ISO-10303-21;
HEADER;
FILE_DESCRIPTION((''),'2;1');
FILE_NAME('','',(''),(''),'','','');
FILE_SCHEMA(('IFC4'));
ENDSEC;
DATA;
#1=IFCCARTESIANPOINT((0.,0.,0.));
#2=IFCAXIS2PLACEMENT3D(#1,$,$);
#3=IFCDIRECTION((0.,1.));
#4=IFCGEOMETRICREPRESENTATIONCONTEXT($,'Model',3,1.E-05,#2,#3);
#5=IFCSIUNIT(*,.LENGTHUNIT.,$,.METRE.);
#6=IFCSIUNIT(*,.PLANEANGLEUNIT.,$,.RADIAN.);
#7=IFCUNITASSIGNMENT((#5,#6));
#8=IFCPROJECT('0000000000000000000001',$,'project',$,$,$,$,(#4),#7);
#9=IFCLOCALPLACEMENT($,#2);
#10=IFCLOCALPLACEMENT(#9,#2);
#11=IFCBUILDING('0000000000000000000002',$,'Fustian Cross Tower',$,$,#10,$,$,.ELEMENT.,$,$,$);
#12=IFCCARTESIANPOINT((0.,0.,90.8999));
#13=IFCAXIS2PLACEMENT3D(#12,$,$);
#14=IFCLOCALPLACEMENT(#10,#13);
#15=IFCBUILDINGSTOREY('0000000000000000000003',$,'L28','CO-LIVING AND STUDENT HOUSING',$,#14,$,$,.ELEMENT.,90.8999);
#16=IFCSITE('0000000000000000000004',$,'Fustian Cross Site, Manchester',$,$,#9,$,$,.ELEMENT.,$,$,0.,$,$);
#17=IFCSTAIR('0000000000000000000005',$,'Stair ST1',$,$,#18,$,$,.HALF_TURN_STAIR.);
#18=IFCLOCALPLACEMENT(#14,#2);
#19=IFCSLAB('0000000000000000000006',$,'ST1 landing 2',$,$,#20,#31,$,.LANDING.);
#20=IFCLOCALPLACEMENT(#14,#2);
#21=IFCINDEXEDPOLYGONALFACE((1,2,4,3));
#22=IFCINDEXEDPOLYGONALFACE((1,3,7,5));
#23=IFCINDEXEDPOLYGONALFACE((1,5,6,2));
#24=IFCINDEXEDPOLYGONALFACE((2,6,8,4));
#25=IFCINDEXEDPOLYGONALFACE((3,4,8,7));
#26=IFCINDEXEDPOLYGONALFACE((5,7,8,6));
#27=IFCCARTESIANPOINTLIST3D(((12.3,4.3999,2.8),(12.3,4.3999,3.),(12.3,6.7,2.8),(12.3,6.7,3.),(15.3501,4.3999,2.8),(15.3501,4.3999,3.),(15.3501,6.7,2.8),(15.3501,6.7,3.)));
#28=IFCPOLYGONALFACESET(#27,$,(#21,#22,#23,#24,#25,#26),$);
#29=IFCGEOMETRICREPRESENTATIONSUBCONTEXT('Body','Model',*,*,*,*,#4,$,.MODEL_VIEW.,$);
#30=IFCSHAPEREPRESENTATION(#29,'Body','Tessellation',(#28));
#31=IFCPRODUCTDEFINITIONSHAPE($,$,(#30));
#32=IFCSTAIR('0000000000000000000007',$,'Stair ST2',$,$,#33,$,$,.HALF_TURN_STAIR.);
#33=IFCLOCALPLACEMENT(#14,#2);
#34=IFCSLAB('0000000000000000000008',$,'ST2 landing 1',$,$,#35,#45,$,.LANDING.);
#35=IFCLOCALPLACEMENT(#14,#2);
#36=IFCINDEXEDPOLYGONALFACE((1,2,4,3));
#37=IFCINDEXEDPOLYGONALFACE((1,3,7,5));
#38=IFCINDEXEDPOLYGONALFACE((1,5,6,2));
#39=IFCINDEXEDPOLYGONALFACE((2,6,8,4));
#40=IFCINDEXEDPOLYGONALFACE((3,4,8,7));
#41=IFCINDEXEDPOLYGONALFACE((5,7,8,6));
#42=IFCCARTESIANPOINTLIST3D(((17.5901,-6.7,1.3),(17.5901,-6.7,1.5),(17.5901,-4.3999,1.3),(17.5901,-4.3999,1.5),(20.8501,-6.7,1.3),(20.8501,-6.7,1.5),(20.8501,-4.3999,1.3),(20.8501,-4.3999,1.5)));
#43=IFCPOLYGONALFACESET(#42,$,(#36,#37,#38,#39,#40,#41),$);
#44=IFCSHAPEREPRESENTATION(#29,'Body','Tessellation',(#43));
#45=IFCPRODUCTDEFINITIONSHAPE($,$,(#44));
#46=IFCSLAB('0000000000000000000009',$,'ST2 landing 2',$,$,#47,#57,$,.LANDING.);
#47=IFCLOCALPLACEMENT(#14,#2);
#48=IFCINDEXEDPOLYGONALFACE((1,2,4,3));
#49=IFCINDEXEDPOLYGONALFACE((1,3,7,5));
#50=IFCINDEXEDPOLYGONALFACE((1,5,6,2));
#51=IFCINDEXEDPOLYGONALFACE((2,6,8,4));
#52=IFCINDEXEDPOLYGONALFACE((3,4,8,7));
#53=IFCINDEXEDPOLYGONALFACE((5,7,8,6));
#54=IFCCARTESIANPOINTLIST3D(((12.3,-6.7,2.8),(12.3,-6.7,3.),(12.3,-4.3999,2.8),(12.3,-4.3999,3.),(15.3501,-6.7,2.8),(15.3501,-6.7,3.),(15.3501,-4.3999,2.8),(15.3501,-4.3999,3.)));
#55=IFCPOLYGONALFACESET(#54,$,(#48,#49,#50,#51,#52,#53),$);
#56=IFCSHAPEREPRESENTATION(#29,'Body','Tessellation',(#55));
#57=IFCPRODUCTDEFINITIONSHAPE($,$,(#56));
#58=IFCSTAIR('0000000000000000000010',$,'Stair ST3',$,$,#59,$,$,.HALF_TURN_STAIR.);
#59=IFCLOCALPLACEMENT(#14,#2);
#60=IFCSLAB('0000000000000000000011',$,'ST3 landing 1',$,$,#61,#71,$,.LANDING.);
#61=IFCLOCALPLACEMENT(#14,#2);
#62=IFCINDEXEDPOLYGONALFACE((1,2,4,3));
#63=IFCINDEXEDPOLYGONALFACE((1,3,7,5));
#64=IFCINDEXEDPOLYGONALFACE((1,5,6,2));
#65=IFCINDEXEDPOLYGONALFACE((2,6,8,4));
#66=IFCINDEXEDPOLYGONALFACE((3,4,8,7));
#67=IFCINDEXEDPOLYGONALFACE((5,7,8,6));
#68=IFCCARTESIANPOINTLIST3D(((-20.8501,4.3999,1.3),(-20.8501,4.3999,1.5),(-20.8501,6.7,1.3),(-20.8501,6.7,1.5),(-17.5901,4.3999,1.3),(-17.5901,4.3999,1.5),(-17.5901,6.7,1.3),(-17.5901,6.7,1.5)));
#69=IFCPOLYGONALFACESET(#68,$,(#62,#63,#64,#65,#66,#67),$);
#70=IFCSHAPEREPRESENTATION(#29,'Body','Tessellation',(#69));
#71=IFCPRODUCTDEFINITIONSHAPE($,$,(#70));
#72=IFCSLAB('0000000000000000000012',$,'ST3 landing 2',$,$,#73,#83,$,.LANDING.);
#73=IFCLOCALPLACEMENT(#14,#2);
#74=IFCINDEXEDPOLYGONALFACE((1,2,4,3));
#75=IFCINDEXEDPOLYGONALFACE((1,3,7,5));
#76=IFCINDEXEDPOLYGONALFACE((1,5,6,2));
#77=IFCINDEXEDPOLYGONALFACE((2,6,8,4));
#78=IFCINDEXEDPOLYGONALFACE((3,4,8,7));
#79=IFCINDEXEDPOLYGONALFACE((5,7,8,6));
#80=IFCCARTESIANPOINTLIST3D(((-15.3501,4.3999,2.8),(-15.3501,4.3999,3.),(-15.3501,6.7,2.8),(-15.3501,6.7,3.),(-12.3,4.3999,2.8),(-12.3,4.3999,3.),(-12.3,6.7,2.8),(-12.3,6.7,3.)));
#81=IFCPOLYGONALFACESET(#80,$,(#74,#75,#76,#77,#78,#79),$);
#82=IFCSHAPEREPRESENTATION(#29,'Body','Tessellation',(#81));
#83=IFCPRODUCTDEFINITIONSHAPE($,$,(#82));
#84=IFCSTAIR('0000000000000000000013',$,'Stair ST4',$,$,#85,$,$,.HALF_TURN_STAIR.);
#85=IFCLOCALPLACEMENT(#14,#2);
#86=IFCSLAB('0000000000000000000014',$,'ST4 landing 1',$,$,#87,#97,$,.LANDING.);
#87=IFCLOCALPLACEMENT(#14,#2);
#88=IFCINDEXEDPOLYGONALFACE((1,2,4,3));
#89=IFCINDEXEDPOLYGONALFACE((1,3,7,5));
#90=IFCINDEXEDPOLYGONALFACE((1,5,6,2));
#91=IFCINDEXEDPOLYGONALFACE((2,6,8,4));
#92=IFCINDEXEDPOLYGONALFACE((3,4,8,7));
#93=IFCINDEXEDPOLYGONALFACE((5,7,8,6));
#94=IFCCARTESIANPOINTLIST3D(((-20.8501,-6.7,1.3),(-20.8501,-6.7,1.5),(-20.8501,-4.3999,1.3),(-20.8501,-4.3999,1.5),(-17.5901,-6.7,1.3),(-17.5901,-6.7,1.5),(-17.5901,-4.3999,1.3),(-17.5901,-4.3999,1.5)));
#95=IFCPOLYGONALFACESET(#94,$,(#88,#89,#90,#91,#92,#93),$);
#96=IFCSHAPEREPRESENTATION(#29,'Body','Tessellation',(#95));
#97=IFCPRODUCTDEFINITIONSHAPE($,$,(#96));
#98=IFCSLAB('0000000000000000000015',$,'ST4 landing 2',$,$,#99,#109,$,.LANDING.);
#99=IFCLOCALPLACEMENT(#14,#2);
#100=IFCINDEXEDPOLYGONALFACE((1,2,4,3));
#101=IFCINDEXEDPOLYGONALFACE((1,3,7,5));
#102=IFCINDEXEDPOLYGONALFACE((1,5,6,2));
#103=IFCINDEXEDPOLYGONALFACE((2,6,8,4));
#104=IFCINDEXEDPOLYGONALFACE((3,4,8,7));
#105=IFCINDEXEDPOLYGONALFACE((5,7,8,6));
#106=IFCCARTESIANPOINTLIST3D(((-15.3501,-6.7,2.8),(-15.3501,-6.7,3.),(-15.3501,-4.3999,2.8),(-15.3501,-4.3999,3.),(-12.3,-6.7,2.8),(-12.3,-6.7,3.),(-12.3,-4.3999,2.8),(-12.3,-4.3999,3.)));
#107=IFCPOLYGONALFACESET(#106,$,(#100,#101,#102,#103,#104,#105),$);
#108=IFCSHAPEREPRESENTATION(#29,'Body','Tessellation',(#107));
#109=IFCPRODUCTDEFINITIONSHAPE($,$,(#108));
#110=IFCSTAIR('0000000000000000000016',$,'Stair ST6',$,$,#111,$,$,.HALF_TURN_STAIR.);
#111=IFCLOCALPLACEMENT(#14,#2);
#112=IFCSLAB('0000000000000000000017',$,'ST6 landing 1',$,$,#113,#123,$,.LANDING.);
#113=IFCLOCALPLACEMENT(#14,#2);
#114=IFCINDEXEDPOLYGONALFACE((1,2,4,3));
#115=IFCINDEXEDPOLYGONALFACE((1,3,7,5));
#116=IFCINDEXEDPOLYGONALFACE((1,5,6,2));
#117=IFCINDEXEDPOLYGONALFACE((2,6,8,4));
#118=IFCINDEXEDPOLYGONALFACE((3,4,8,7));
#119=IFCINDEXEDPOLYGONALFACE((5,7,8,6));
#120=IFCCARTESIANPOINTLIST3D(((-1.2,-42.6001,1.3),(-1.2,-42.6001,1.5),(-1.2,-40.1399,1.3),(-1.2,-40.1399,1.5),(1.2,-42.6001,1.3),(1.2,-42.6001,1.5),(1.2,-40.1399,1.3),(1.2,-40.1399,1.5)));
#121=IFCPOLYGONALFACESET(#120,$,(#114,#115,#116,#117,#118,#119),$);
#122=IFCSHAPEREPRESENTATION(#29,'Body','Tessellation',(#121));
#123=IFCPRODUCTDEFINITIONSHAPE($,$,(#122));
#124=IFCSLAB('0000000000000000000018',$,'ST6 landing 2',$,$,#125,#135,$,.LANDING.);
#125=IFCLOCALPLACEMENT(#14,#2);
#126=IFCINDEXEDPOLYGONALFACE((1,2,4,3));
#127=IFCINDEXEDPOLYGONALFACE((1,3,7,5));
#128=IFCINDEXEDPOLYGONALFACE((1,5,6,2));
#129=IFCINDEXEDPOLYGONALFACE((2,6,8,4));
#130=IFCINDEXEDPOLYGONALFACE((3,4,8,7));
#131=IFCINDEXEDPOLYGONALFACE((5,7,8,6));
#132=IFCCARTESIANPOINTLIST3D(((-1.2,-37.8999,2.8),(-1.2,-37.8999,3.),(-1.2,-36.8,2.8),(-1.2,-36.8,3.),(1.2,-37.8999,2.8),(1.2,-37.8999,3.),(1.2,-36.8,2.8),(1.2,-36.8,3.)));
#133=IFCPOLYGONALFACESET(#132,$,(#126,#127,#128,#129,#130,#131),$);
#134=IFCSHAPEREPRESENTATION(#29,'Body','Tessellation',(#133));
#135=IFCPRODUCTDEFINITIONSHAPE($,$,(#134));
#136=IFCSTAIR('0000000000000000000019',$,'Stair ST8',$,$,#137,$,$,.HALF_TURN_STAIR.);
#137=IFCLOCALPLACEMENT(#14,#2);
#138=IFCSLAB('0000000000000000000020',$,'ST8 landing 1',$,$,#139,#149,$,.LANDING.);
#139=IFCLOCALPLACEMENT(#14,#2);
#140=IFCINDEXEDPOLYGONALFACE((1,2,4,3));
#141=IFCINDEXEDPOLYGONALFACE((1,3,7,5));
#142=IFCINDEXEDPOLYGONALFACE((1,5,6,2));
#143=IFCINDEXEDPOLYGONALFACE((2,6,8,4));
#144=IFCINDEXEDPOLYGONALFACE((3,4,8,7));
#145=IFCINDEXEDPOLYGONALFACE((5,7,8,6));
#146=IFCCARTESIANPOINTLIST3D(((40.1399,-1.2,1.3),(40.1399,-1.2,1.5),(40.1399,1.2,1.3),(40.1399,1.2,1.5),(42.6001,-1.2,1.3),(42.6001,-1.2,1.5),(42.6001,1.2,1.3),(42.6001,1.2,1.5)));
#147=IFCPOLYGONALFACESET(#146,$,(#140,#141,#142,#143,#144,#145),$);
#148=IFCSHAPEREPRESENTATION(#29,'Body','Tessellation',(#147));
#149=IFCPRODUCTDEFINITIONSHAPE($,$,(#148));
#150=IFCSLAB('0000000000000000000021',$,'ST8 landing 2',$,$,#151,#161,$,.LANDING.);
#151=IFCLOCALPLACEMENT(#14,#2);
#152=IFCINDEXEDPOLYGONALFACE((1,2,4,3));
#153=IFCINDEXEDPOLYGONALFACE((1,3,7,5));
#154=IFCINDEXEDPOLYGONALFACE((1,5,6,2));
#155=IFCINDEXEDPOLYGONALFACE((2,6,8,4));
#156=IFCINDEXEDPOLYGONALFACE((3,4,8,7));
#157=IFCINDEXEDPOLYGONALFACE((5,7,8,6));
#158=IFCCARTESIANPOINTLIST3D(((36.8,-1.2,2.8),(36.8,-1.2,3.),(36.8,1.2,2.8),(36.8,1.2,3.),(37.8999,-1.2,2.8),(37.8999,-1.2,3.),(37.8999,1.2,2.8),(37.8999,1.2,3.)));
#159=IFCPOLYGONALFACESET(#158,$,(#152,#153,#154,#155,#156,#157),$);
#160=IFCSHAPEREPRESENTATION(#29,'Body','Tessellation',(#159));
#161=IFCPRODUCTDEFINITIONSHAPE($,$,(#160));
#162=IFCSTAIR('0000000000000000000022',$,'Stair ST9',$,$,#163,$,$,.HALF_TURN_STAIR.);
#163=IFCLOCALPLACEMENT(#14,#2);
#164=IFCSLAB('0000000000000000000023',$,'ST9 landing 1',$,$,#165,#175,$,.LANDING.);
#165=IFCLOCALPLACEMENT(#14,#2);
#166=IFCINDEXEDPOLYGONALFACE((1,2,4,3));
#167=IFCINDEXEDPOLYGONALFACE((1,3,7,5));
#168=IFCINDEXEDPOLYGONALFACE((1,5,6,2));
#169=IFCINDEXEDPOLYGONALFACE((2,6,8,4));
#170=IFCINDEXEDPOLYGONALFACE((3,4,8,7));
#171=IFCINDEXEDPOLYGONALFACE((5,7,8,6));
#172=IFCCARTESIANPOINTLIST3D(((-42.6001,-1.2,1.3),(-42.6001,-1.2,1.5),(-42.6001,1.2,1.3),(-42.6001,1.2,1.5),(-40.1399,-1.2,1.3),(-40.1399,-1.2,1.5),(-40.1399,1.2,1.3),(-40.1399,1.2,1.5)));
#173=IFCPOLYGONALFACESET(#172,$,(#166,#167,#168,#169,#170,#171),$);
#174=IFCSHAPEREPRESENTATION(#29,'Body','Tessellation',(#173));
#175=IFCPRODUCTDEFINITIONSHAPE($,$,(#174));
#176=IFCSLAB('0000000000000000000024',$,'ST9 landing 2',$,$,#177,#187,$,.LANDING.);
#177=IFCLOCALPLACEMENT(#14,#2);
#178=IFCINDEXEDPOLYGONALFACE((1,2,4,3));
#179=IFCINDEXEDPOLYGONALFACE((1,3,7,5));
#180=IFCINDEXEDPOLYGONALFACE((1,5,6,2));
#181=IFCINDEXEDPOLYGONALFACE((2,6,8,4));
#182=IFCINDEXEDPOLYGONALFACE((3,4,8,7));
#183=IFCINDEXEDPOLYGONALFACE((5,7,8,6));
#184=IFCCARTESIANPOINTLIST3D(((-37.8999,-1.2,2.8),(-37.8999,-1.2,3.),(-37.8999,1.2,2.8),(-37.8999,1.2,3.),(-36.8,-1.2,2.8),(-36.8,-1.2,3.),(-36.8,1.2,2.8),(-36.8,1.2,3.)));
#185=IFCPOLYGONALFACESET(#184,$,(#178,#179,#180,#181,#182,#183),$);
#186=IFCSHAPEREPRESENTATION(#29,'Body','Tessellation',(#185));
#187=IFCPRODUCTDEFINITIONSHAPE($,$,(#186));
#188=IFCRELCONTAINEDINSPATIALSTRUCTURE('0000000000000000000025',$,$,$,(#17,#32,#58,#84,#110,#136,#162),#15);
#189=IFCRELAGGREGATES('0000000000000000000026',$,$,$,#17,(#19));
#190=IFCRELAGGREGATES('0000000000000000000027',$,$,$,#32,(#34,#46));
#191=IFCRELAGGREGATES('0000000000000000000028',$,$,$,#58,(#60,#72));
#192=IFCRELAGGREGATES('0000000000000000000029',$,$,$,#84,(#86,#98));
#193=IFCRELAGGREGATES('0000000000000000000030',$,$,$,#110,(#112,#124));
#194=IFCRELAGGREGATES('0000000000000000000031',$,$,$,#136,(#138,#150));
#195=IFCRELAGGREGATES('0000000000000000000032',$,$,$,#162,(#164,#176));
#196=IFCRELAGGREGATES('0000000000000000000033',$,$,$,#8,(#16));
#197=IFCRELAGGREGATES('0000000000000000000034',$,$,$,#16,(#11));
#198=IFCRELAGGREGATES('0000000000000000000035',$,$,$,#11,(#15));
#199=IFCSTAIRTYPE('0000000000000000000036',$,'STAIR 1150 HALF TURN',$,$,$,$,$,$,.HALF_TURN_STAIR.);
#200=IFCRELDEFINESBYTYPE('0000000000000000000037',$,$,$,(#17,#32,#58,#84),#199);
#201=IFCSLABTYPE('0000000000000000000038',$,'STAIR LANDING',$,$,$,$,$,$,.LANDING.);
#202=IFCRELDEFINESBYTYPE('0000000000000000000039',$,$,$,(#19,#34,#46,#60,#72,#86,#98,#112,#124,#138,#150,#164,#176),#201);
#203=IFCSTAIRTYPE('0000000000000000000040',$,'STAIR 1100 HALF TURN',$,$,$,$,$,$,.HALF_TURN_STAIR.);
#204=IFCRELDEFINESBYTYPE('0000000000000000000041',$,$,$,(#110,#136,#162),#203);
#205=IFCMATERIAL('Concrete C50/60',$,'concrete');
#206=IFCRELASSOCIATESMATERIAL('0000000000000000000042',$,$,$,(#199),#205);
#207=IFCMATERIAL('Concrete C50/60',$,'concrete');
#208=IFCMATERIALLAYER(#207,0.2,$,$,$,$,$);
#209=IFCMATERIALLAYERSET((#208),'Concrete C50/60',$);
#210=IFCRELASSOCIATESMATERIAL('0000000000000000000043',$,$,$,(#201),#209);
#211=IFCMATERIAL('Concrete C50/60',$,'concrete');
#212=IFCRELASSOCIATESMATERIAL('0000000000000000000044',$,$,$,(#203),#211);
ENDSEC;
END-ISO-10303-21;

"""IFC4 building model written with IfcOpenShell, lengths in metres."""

from ifc_helpers import new_model, si_unit, direction, frame, origin, place, context, subcontext, project, spatial, polyline, outline, extrude, material, layer, layer_set, type_object, element, aggregate, save


model = new_model("IFC4")

# Units and contexts
model_context = context("Model", 3, precision=1e-05, world=origin(), true_north=direction((0.0, 1.0)))
body_context = subcontext(model_context, "Body", "Model", "MODEL_VIEW")
ifc_project = project(units=[si_unit("LENGTHUNIT", "METRE"), si_unit("PLANEANGLEUNIT", "RADIAN")], contexts=[model_context])

# Site, building, storey
site_placement = place(None, origin())
site = spatial("IfcSite", under=ifc_project, at=site_placement, Name="Fustian Cross Site, Manchester", CompositionType="ELEMENT", RefElevation=0.0)
building_placement = place(site_placement, origin())
building = spatial("IfcBuilding", under=site, at=building_placement, Name="Fustian Cross Tower", CompositionType="ELEMENT")
storey_placement = place(building_placement, frame((0.0, 0.0, 90.8999)))
storey = spatial("IfcBuildingStorey", under=building, at=storey_placement, Name="L28", Description="CO-LIVING AND STUDENT HOUSING", CompositionType="ELEMENT", Elevation=90.8999)

# Stair, slab
ifc_material_1 = material(Name="Concrete C50/60", Category="concrete")
stair_type_1 = type_object("IfcStairType", Name="STAIR 1150 HALF TURN", PredefinedType="HALF_TURN_STAIR", material=ifc_material_1)
stair_1_placement = place(storey_placement, origin())
stair_1 = element("IfcStair", 1, at=stair_1_placement, inside=storey, type_object=stair_type_1, Name="Stair ST1", PredefinedType="HALF_TURN_STAIR")
ifc_material_2 = material(Name="Concrete C50/60", Category="concrete")
ifc_layer_1 = layer(ifc_material_2, 0.2)
ifc_layer_set_1 = layer_set([ifc_layer_1], Name="Concrete C50/60")
slab_type = type_object("IfcSlabType", Name="STAIR LANDING", PredefinedType="LANDING", material=ifc_layer_set_1)
slab_1_placement = place(storey_placement, frame((0.0, 0.0, 2.8)))
slab_1 = element("IfcSlab", 2, at=slab_1_placement, type_object=slab_type, Name="ST1 landing 2", PredefinedType="LANDING", context=body_context, shape_type="SweptSolid", body=[
    extrude(outline(polyline([(12.3, 4.3999), (15.3501, 4.3999), (15.3501, 6.7), (12.3, 6.7), (12.3, 4.3999)])), origin(), (0.0, 0.0, 1.0), 0.2),
])
aggregate(stair_1, [slab_1])

# Stairs, slabs
stair_2_placement = place(storey_placement, origin())
stair_2 = element("IfcStair", 3, at=stair_2_placement, inside=storey, type_object=stair_type_1, Name="Stair ST2", PredefinedType="HALF_TURN_STAIR")
slab_2_placement = place(storey_placement, frame((0.0, 0.0, 1.3)))
slab_2 = element("IfcSlab", 4, at=slab_2_placement, type_object=slab_type, Name="ST2 landing 1", PredefinedType="LANDING", context=body_context, shape_type="SweptSolid", body=[
    extrude(outline(polyline([(17.5901, -4.3999), (20.8501, -4.3999), (20.8501, -6.7), (17.5901, -6.7), (17.5901, -4.3999)])), origin(), (0.0, 0.0, 1.0), 0.2),
])
slab_3_placement = place(storey_placement, frame((0.0, 0.0, 2.8)))
slab_3 = element("IfcSlab", 5, at=slab_3_placement, type_object=slab_type, Name="ST2 landing 2", PredefinedType="LANDING", context=body_context, shape_type="SweptSolid", body=[
    extrude(outline(polyline([(12.3, -4.3999), (15.3501, -4.3999), (15.3501, -6.7), (12.3, -6.7), (12.3, -4.3999)])), origin(), (0.0, 0.0, 1.0), 0.2),
])
aggregate(stair_2, [slab_2, slab_3])
stair_3_placement = place(storey_placement, origin())
stair_3 = element("IfcStair", 6, at=stair_3_placement, inside=storey, type_object=stair_type_1, Name="Stair ST3", PredefinedType="HALF_TURN_STAIR")
slab_4_placement = place(storey_placement, frame((0.0, 0.0, 1.3)))
slab_4 = element("IfcSlab", 7, at=slab_4_placement, type_object=slab_type, Name="ST3 landing 1", PredefinedType="LANDING", context=body_context, shape_type="SweptSolid", body=[
    extrude(outline(polyline([(-17.5901, 4.3999), (-20.8501, 4.3999), (-20.8501, 6.7), (-17.5901, 6.7), (-17.5901, 4.3999)])), origin(), (0.0, 0.0, 1.0), 0.2),
])
slab_5_placement = place(storey_placement, frame((0.0, 0.0, 2.8)))
slab_5 = element("IfcSlab", 8, at=slab_5_placement, type_object=slab_type, Name="ST3 landing 2", PredefinedType="LANDING", context=body_context, shape_type="SweptSolid", body=[
    extrude(outline(polyline([(-12.3, 4.3999), (-15.3501, 4.3999), (-15.3501, 6.7), (-12.3, 6.7), (-12.3, 4.3999)])), origin(), (0.0, 0.0, 1.0), 0.2),
])
aggregate(stair_3, [slab_4, slab_5])
stair_4_placement = place(storey_placement, origin())
stair_4 = element("IfcStair", 9, at=stair_4_placement, inside=storey, type_object=stair_type_1, Name="Stair ST4", PredefinedType="HALF_TURN_STAIR")
slab_6_placement = place(storey_placement, frame((0.0, 0.0, 1.3)))
slab_6 = element("IfcSlab", 10, at=slab_6_placement, type_object=slab_type, Name="ST4 landing 1", PredefinedType="LANDING", context=body_context, shape_type="SweptSolid", body=[
    extrude(outline(polyline([(-17.5901, -4.3999), (-20.8501, -4.3999), (-20.8501, -6.7), (-17.5901, -6.7), (-17.5901, -4.3999)])), origin(), (0.0, 0.0, 1.0), 0.2),
])
slab_7_placement = place(storey_placement, frame((0.0, 0.0, 2.8)))
slab_7 = element("IfcSlab", 11, at=slab_7_placement, type_object=slab_type, Name="ST4 landing 2", PredefinedType="LANDING", context=body_context, shape_type="SweptSolid", body=[
    extrude(outline(polyline([(-12.3, -4.3999), (-15.3501, -4.3999), (-15.3501, -6.7), (-12.3, -6.7), (-12.3, -4.3999)])), origin(), (0.0, 0.0, 1.0), 0.2),
])
aggregate(stair_4, [slab_6, slab_7])
ifc_material_3 = material(Name="Concrete C50/60", Category="concrete")
stair_type_2 = type_object("IfcStairType", Name="STAIR 1100 HALF TURN", PredefinedType="HALF_TURN_STAIR", material=ifc_material_3)
stair_5_placement = place(storey_placement, origin())
stair_5 = element("IfcStair", 12, at=stair_5_placement, inside=storey, type_object=stair_type_2, Name="Stair ST6", PredefinedType="HALF_TURN_STAIR")
slab_8_placement = place(storey_placement, frame((0.0, 0.0, 1.3)))
slab_8 = element("IfcSlab", 13, at=slab_8_placement, type_object=slab_type, Name="ST6 landing 1", PredefinedType="LANDING", context=body_context, shape_type="SweptSolid", body=[
    extrude(outline(polyline([(-1.2, -40.1399), (-1.2, -42.6001), (1.2, -42.6001), (1.2, -40.1399), (-1.2, -40.1399)])), origin(), (0.0, 0.0, 1.0), 0.2),
])
slab_9_placement = place(storey_placement, frame((0.0, 0.0, 2.8)))
slab_9 = element("IfcSlab", 14, at=slab_9_placement, type_object=slab_type, Name="ST6 landing 2", PredefinedType="LANDING", context=body_context, shape_type="SweptSolid", body=[
    extrude(outline(polyline([(-1.2, -36.8), (-1.2, -37.8999), (1.2, -37.8999), (1.2, -36.8), (-1.2, -36.8)])), origin(), (0.0, 0.0, 1.0), 0.2),
])
aggregate(stair_5, [slab_8, slab_9])
stair_6_placement = place(storey_placement, origin())
stair_6 = element("IfcStair", 15, at=stair_6_placement, inside=storey, type_object=stair_type_2, Name="Stair ST8", PredefinedType="HALF_TURN_STAIR")
slab_10_placement = place(storey_placement, frame((0.0, 0.0, 1.3)))
slab_10 = element("IfcSlab", 16, at=slab_10_placement, type_object=slab_type, Name="ST8 landing 1", PredefinedType="LANDING", context=body_context, shape_type="SweptSolid", body=[
    extrude(outline(polyline([(40.1399, -1.2), (42.6001, -1.2), (42.6001, 1.2), (40.1399, 1.2), (40.1399, -1.2)])), origin(), (0.0, 0.0, 1.0), 0.2),
])
slab_11_placement = place(storey_placement, frame((0.0, 0.0, 2.8)))
slab_11 = element("IfcSlab", 17, at=slab_11_placement, type_object=slab_type, Name="ST8 landing 2", PredefinedType="LANDING", context=body_context, shape_type="SweptSolid", body=[
    extrude(outline(polyline([(36.8, -1.2), (37.8999, -1.2), (37.8999, 1.2), (36.8, 1.2), (36.8, -1.2)])), origin(), (0.0, 0.0, 1.0), 0.2),
])
aggregate(stair_6, [slab_10, slab_11])
stair_7_placement = place(storey_placement, origin())
stair_7 = element("IfcStair", 18, at=stair_7_placement, inside=storey, type_object=stair_type_2, Name="Stair ST9", PredefinedType="HALF_TURN_STAIR")
slab_12_placement = place(storey_placement, frame((0.0, 0.0, 1.3)))
slab_12 = element("IfcSlab", 19, at=slab_12_placement, type_object=slab_type, Name="ST9 landing 1", PredefinedType="LANDING", context=body_context, shape_type="SweptSolid", body=[
    extrude(outline(polyline([(-40.1399, -1.2), (-42.6001, -1.2), (-42.6001, 1.2), (-40.1399, 1.2), (-40.1399, -1.2)])), origin(), (0.0, 0.0, 1.0), 0.2),
])
slab_13_placement = place(storey_placement, frame((0.0, 0.0, 2.8)))
slab_13 = element("IfcSlab", 20, at=slab_13_placement, type_object=slab_type, Name="ST9 landing 2", PredefinedType="LANDING", context=body_context, shape_type="SweptSolid", body=[
    extrude(outline(polyline([(-36.8, -1.2), (-37.8999, -1.2), (-37.8999, 1.2), (-36.8, 1.2), (-36.8, -1.2)])), origin(), (0.0, 0.0, 1.0), 0.2),
])
aggregate(stair_7, [slab_12, slab_13])

save(model, "model.ifc")
